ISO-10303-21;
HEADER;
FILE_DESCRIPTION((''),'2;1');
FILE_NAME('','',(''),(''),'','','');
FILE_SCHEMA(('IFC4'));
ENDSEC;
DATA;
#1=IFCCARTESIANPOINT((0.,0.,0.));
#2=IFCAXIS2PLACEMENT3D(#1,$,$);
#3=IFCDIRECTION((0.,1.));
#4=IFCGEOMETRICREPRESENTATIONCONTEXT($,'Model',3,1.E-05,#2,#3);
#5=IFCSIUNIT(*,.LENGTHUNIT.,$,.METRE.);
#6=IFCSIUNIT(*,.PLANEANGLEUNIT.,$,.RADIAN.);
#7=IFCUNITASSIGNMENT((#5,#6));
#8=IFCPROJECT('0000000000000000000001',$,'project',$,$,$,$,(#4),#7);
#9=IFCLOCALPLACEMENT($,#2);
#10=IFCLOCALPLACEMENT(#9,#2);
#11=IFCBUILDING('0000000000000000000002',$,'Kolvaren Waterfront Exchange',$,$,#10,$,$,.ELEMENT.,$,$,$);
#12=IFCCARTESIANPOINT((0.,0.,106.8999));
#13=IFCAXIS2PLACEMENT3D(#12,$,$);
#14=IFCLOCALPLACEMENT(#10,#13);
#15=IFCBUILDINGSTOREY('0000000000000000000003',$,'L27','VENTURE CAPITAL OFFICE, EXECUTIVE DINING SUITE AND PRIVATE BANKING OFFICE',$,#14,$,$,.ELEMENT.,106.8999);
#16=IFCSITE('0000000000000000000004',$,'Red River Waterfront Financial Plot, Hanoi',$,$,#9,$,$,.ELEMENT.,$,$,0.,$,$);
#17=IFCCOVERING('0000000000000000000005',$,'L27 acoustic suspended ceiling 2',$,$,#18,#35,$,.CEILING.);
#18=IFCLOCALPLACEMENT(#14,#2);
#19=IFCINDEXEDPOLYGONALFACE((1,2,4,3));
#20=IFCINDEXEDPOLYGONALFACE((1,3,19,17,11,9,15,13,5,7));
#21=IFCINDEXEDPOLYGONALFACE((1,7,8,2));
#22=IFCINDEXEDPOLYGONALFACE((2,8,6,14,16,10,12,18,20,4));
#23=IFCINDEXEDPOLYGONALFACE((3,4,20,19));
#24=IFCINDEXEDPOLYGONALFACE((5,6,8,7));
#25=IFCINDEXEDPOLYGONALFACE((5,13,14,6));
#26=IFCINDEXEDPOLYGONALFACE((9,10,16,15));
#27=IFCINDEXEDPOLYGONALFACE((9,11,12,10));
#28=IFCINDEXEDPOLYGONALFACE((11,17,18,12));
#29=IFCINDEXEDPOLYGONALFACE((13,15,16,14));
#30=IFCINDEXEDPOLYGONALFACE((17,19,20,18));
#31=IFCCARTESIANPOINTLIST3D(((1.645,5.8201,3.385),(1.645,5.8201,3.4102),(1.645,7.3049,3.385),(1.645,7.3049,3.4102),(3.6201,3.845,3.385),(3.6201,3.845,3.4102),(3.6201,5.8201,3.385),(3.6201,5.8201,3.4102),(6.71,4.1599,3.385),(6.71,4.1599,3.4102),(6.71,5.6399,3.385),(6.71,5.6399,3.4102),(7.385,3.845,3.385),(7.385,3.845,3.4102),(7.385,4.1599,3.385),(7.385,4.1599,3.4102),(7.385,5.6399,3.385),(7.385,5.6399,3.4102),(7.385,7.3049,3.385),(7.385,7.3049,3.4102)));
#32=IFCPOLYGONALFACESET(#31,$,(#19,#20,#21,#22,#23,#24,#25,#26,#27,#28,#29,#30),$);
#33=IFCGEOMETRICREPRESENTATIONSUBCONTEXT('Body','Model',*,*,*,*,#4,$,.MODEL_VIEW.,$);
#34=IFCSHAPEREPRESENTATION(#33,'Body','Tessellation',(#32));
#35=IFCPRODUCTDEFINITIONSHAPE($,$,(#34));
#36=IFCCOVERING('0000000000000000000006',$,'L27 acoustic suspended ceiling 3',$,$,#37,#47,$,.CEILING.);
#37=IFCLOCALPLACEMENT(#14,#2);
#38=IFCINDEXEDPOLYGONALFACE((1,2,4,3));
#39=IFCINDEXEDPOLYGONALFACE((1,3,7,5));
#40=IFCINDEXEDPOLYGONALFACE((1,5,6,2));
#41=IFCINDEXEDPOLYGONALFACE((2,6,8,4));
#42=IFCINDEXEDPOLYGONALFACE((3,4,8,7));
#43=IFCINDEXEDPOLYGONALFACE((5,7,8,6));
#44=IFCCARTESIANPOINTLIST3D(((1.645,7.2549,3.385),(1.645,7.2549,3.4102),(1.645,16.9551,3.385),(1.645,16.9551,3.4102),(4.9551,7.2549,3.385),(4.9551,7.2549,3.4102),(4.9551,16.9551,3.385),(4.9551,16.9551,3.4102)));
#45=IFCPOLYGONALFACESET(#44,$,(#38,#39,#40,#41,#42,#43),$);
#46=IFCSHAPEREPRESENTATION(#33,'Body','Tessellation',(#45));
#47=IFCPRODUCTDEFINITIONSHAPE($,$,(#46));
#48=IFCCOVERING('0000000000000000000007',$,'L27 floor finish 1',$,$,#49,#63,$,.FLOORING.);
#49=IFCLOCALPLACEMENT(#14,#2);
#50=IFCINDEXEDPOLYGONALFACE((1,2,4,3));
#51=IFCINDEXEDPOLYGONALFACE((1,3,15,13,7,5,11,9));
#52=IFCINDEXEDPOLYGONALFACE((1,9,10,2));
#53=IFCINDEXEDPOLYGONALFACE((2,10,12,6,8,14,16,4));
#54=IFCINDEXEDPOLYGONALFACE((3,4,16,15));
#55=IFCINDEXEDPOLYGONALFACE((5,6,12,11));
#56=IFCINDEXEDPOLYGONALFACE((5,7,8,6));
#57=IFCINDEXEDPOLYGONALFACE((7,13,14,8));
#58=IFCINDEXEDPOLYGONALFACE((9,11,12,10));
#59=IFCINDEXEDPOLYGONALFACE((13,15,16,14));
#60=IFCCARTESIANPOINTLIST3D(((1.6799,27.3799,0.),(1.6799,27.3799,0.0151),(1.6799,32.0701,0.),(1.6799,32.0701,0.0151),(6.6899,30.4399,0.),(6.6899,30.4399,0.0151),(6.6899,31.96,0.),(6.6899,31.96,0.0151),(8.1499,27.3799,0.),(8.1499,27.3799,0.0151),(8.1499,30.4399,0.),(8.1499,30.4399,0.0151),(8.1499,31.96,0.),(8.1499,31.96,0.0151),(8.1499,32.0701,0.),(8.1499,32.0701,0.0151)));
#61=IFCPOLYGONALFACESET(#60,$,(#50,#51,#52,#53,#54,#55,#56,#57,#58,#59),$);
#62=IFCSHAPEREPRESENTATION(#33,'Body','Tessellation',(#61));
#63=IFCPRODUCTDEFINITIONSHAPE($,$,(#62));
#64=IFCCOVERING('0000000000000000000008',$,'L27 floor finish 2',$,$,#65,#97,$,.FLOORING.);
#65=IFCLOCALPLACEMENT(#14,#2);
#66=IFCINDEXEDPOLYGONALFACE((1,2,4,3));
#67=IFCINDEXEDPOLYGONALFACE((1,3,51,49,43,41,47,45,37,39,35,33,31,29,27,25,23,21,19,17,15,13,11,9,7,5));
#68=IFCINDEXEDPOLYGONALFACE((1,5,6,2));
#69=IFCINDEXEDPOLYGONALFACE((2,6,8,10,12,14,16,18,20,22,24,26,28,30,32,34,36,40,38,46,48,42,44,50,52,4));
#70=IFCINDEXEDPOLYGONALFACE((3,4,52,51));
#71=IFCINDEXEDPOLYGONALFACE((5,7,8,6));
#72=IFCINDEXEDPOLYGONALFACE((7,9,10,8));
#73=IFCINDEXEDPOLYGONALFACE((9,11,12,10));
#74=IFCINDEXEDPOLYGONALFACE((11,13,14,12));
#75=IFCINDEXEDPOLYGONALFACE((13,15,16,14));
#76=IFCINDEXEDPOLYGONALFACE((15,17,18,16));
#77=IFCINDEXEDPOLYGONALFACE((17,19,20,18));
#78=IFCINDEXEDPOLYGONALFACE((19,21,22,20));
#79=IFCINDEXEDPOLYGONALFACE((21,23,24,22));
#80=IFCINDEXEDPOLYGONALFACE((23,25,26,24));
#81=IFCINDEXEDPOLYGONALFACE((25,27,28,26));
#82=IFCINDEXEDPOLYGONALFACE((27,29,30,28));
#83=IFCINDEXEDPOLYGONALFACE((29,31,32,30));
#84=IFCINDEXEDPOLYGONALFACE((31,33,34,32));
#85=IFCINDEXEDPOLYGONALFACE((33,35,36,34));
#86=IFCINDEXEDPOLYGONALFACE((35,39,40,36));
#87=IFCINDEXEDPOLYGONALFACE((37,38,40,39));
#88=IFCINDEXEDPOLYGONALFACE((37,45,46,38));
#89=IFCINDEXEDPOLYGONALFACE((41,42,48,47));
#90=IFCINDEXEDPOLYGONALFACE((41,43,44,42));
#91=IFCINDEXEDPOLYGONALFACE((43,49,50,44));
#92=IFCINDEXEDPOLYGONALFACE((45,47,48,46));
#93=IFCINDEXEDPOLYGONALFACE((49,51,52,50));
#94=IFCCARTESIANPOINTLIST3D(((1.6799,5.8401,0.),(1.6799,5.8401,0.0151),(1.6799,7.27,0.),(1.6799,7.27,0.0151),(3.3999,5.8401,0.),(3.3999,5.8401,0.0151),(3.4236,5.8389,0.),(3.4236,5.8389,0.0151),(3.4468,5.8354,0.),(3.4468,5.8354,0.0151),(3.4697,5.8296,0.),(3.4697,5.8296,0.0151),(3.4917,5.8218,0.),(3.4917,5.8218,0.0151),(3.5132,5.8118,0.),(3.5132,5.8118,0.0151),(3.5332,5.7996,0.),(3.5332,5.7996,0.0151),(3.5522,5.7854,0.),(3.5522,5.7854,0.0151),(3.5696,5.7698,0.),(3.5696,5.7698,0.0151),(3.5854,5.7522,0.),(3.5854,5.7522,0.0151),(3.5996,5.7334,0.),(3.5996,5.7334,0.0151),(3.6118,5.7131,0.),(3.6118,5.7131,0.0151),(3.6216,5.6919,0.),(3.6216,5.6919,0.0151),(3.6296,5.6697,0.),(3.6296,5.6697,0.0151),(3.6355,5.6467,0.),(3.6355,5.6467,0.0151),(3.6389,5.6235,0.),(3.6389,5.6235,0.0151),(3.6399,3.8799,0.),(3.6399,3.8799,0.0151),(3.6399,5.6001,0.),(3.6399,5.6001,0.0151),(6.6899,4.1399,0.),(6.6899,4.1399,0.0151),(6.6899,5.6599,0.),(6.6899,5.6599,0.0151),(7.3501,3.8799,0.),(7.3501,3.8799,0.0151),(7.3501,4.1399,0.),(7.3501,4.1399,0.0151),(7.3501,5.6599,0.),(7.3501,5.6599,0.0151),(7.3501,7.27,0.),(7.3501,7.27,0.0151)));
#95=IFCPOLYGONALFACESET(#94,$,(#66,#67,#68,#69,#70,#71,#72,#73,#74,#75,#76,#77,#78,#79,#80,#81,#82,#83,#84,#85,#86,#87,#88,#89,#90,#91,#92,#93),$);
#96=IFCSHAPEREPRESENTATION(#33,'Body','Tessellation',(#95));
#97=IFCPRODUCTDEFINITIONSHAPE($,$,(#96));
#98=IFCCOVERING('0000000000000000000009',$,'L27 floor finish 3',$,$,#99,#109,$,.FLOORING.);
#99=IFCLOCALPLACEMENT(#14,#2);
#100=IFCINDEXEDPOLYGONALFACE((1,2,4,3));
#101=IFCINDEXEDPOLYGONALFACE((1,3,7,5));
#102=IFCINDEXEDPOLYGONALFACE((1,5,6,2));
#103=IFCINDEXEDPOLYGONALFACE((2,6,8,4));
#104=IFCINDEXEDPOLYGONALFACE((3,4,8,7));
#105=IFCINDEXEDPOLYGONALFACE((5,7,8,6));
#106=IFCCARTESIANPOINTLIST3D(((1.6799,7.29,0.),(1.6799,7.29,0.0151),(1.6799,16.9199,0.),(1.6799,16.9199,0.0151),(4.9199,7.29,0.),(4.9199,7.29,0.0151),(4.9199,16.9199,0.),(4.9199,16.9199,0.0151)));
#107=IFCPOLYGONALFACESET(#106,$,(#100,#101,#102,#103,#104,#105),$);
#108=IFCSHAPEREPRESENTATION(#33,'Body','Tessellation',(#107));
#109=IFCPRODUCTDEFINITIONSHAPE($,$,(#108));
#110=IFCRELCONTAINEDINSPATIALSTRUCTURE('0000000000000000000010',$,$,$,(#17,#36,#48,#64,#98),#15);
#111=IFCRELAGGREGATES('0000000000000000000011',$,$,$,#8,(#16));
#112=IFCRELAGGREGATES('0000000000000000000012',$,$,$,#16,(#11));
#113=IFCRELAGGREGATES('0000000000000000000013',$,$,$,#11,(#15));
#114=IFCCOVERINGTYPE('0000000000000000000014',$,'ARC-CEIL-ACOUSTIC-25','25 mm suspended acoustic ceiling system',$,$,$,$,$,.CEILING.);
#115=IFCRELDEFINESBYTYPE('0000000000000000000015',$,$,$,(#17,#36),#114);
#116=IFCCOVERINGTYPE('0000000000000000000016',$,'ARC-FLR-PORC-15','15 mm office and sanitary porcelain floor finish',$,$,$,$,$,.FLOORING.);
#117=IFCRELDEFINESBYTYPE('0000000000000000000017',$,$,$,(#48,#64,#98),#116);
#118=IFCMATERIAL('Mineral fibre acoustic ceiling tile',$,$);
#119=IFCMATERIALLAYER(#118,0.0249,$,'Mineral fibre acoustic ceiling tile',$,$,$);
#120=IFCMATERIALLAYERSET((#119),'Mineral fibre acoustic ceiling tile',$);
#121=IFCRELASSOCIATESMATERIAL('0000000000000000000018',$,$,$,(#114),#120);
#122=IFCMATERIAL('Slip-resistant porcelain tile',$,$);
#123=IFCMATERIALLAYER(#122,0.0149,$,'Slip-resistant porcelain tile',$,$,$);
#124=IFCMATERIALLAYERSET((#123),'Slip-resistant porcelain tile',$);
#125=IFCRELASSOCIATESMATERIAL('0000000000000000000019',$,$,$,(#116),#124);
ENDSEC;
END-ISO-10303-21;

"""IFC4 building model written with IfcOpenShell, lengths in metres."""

from ifc_helpers import new_model, si_unit, direction, frame, origin, place, context, subcontext, project, spatial, polyline, outline, extrude, material, layer, layer_set, type_object, element, save


model = new_model("IFC4")

# Units and contexts
model_context = context("Model", 3, precision=1e-05, world=origin(), true_north=direction((0.0, 1.0)))
body_context = subcontext(model_context, "Body", "Model", "MODEL_VIEW")
ifc_project = project(units=[si_unit("LENGTHUNIT", "METRE"), si_unit("PLANEANGLEUNIT", "RADIAN")], contexts=[model_context])

# Site, building, storey
site_placement = place(None, origin())
site = spatial("IfcSite", under=ifc_project, at=site_placement, Name="Red River Waterfront Financial Plot, Hanoi", CompositionType="ELEMENT", RefElevation=0.0)
building_placement = place(site_placement, origin())
building = spatial("IfcBuilding", under=site, at=building_placement, Name="Kolvaren Waterfront Exchange", CompositionType="ELEMENT")
storey_placement = place(building_placement, frame((0.0, 0.0, 106.8999)))
storey = spatial("IfcBuildingStorey", under=building, at=storey_placement, Name="L27", Description="VENTURE CAPITAL OFFICE, EXECUTIVE DINING SUITE AND PRIVATE BANKING OFFICE", CompositionType="ELEMENT", Elevation=106.8999)

# Coverings
ifc_material_1 = material(Name="Mineral fibre acoustic ceiling tile")
ifc_layer_1 = layer(ifc_material_1, 0.0249, Name="Mineral fibre acoustic ceiling tile")
ifc_layer_set_1 = layer_set([ifc_layer_1], Name="Mineral fibre acoustic ceiling tile")
covering_type_1 = type_object("IfcCoveringType", Name="ARC-CEIL-ACOUSTIC-25", Description="25 mm suspended acoustic ceiling system", PredefinedType="CEILING", material=ifc_layer_set_1)
covering_1_placement = place(storey_placement, frame((0.0, 0.0, 3.385)))
element("IfcCovering", 1, at=covering_1_placement, inside=storey, type_object=covering_type_1, Name="L27 acoustic suspended ceiling 2", PredefinedType="CEILING", context=body_context, shape_type="SweptSolid", body=[
    extrude(outline(polyline([(7.385, 4.1599), (6.71, 4.1599), (6.71, 5.6399), (7.385, 5.6399), (7.385, 7.3049), (1.645, 7.3049), (1.645, 5.8201), (3.6201, 5.8201), (3.6201, 3.845), (7.385, 3.845), (7.385, 4.1599)])), origin(), (0.0, 0.0, 1.0), 0.0251),
])
covering_2_placement = place(storey_placement, frame((0.0, 0.0, 3.385)))
element("IfcCovering", 2, at=covering_2_placement, inside=storey, type_object=covering_type_1, Name="L27 acoustic suspended ceiling 3", PredefinedType="CEILING", context=body_context, shape_type="SweptSolid", body=[
    extrude(outline(polyline([(1.645, 7.2549), (4.9551, 7.2549), (4.9551, 16.9551), (1.645, 16.9551), (1.645, 7.2549)])), origin(), (0.0, 0.0, 1.0), 0.0251),
])
ifc_material_2 = material(Name="Slip-resistant porcelain tile")
ifc_layer_2 = layer(ifc_material_2, 0.0149, Name="Slip-resistant porcelain tile")
ifc_layer_set_2 = layer_set([ifc_layer_2], Name="Slip-resistant porcelain tile")
covering_type_2 = type_object("IfcCoveringType", Name="ARC-FLR-PORC-15", Description="15 mm office and sanitary porcelain floor finish", PredefinedType="FLOORING", material=ifc_layer_set_2)
covering_3_placement = place(storey_placement, origin())
element("IfcCovering", 3, at=covering_3_placement, inside=storey, type_object=covering_type_2, Name="L27 floor finish 1", PredefinedType="FLOORING", context=body_context, shape_type="SweptSolid", body=[
    extrude(outline(polyline([(1.6799, 32.0701), (1.6799, 27.3799), (8.1499, 27.3799), (8.1499, 30.4399), (6.6899, 30.4399), (6.6899, 31.96), (8.1499, 31.96), (8.1499, 32.0701), (1.6799, 32.0701)])), origin(), (0.0, 0.0, 1.0), 0.0151),
])
covering_4_placement = place(storey_placement, origin())
element("IfcCovering", 4, at=covering_4_placement, inside=storey, type_object=covering_type_2, Name="L27 floor finish 2", PredefinedType="FLOORING", context=body_context, shape_type="SweptSolid", body=[
    extrude(outline(polyline([(7.3501, 7.27), (1.6799, 7.27), (1.6799, 5.8401), (3.3999, 5.8401), (3.4236, 5.8389), (3.4468, 5.8354), (3.4697, 5.8296), (3.4917, 5.8218), (3.5132, 5.8118), (3.5332, 5.7996), (3.5522, 5.7854), (3.5696, 5.7698), (3.5854, 5.7522), (3.5996, 5.7334), (3.6118, 5.7131), (3.6216, 5.6919), (3.6296, 5.6697), (3.6355, 5.6467), (3.6389, 5.6235), (3.6399, 5.6001), (3.6399, 3.8799), (7.3501, 3.8799), (7.3501, 4.1399), (6.6899, 4.1399), (6.6899, 5.6599), (7.3501, 5.6599), (7.3501, 7.27)])), origin(), (0.0, 0.0, 1.0), 0.0151),
])
covering_5_placement = place(storey_placement, origin())
element("IfcCovering", 5, at=covering_5_placement, inside=storey, type_object=covering_type_2, Name="L27 floor finish 3", PredefinedType="FLOORING", context=body_context, shape_type="SweptSolid", body=[
    extrude(outline(polyline([(4.9199, 16.9199), (1.6799, 16.9199), (1.6799, 7.29), (4.9199, 7.29), (4.9199, 16.9199)])), origin(), (0.0, 0.0, 1.0), 0.0151),
])

save(model, "model.ifc")
